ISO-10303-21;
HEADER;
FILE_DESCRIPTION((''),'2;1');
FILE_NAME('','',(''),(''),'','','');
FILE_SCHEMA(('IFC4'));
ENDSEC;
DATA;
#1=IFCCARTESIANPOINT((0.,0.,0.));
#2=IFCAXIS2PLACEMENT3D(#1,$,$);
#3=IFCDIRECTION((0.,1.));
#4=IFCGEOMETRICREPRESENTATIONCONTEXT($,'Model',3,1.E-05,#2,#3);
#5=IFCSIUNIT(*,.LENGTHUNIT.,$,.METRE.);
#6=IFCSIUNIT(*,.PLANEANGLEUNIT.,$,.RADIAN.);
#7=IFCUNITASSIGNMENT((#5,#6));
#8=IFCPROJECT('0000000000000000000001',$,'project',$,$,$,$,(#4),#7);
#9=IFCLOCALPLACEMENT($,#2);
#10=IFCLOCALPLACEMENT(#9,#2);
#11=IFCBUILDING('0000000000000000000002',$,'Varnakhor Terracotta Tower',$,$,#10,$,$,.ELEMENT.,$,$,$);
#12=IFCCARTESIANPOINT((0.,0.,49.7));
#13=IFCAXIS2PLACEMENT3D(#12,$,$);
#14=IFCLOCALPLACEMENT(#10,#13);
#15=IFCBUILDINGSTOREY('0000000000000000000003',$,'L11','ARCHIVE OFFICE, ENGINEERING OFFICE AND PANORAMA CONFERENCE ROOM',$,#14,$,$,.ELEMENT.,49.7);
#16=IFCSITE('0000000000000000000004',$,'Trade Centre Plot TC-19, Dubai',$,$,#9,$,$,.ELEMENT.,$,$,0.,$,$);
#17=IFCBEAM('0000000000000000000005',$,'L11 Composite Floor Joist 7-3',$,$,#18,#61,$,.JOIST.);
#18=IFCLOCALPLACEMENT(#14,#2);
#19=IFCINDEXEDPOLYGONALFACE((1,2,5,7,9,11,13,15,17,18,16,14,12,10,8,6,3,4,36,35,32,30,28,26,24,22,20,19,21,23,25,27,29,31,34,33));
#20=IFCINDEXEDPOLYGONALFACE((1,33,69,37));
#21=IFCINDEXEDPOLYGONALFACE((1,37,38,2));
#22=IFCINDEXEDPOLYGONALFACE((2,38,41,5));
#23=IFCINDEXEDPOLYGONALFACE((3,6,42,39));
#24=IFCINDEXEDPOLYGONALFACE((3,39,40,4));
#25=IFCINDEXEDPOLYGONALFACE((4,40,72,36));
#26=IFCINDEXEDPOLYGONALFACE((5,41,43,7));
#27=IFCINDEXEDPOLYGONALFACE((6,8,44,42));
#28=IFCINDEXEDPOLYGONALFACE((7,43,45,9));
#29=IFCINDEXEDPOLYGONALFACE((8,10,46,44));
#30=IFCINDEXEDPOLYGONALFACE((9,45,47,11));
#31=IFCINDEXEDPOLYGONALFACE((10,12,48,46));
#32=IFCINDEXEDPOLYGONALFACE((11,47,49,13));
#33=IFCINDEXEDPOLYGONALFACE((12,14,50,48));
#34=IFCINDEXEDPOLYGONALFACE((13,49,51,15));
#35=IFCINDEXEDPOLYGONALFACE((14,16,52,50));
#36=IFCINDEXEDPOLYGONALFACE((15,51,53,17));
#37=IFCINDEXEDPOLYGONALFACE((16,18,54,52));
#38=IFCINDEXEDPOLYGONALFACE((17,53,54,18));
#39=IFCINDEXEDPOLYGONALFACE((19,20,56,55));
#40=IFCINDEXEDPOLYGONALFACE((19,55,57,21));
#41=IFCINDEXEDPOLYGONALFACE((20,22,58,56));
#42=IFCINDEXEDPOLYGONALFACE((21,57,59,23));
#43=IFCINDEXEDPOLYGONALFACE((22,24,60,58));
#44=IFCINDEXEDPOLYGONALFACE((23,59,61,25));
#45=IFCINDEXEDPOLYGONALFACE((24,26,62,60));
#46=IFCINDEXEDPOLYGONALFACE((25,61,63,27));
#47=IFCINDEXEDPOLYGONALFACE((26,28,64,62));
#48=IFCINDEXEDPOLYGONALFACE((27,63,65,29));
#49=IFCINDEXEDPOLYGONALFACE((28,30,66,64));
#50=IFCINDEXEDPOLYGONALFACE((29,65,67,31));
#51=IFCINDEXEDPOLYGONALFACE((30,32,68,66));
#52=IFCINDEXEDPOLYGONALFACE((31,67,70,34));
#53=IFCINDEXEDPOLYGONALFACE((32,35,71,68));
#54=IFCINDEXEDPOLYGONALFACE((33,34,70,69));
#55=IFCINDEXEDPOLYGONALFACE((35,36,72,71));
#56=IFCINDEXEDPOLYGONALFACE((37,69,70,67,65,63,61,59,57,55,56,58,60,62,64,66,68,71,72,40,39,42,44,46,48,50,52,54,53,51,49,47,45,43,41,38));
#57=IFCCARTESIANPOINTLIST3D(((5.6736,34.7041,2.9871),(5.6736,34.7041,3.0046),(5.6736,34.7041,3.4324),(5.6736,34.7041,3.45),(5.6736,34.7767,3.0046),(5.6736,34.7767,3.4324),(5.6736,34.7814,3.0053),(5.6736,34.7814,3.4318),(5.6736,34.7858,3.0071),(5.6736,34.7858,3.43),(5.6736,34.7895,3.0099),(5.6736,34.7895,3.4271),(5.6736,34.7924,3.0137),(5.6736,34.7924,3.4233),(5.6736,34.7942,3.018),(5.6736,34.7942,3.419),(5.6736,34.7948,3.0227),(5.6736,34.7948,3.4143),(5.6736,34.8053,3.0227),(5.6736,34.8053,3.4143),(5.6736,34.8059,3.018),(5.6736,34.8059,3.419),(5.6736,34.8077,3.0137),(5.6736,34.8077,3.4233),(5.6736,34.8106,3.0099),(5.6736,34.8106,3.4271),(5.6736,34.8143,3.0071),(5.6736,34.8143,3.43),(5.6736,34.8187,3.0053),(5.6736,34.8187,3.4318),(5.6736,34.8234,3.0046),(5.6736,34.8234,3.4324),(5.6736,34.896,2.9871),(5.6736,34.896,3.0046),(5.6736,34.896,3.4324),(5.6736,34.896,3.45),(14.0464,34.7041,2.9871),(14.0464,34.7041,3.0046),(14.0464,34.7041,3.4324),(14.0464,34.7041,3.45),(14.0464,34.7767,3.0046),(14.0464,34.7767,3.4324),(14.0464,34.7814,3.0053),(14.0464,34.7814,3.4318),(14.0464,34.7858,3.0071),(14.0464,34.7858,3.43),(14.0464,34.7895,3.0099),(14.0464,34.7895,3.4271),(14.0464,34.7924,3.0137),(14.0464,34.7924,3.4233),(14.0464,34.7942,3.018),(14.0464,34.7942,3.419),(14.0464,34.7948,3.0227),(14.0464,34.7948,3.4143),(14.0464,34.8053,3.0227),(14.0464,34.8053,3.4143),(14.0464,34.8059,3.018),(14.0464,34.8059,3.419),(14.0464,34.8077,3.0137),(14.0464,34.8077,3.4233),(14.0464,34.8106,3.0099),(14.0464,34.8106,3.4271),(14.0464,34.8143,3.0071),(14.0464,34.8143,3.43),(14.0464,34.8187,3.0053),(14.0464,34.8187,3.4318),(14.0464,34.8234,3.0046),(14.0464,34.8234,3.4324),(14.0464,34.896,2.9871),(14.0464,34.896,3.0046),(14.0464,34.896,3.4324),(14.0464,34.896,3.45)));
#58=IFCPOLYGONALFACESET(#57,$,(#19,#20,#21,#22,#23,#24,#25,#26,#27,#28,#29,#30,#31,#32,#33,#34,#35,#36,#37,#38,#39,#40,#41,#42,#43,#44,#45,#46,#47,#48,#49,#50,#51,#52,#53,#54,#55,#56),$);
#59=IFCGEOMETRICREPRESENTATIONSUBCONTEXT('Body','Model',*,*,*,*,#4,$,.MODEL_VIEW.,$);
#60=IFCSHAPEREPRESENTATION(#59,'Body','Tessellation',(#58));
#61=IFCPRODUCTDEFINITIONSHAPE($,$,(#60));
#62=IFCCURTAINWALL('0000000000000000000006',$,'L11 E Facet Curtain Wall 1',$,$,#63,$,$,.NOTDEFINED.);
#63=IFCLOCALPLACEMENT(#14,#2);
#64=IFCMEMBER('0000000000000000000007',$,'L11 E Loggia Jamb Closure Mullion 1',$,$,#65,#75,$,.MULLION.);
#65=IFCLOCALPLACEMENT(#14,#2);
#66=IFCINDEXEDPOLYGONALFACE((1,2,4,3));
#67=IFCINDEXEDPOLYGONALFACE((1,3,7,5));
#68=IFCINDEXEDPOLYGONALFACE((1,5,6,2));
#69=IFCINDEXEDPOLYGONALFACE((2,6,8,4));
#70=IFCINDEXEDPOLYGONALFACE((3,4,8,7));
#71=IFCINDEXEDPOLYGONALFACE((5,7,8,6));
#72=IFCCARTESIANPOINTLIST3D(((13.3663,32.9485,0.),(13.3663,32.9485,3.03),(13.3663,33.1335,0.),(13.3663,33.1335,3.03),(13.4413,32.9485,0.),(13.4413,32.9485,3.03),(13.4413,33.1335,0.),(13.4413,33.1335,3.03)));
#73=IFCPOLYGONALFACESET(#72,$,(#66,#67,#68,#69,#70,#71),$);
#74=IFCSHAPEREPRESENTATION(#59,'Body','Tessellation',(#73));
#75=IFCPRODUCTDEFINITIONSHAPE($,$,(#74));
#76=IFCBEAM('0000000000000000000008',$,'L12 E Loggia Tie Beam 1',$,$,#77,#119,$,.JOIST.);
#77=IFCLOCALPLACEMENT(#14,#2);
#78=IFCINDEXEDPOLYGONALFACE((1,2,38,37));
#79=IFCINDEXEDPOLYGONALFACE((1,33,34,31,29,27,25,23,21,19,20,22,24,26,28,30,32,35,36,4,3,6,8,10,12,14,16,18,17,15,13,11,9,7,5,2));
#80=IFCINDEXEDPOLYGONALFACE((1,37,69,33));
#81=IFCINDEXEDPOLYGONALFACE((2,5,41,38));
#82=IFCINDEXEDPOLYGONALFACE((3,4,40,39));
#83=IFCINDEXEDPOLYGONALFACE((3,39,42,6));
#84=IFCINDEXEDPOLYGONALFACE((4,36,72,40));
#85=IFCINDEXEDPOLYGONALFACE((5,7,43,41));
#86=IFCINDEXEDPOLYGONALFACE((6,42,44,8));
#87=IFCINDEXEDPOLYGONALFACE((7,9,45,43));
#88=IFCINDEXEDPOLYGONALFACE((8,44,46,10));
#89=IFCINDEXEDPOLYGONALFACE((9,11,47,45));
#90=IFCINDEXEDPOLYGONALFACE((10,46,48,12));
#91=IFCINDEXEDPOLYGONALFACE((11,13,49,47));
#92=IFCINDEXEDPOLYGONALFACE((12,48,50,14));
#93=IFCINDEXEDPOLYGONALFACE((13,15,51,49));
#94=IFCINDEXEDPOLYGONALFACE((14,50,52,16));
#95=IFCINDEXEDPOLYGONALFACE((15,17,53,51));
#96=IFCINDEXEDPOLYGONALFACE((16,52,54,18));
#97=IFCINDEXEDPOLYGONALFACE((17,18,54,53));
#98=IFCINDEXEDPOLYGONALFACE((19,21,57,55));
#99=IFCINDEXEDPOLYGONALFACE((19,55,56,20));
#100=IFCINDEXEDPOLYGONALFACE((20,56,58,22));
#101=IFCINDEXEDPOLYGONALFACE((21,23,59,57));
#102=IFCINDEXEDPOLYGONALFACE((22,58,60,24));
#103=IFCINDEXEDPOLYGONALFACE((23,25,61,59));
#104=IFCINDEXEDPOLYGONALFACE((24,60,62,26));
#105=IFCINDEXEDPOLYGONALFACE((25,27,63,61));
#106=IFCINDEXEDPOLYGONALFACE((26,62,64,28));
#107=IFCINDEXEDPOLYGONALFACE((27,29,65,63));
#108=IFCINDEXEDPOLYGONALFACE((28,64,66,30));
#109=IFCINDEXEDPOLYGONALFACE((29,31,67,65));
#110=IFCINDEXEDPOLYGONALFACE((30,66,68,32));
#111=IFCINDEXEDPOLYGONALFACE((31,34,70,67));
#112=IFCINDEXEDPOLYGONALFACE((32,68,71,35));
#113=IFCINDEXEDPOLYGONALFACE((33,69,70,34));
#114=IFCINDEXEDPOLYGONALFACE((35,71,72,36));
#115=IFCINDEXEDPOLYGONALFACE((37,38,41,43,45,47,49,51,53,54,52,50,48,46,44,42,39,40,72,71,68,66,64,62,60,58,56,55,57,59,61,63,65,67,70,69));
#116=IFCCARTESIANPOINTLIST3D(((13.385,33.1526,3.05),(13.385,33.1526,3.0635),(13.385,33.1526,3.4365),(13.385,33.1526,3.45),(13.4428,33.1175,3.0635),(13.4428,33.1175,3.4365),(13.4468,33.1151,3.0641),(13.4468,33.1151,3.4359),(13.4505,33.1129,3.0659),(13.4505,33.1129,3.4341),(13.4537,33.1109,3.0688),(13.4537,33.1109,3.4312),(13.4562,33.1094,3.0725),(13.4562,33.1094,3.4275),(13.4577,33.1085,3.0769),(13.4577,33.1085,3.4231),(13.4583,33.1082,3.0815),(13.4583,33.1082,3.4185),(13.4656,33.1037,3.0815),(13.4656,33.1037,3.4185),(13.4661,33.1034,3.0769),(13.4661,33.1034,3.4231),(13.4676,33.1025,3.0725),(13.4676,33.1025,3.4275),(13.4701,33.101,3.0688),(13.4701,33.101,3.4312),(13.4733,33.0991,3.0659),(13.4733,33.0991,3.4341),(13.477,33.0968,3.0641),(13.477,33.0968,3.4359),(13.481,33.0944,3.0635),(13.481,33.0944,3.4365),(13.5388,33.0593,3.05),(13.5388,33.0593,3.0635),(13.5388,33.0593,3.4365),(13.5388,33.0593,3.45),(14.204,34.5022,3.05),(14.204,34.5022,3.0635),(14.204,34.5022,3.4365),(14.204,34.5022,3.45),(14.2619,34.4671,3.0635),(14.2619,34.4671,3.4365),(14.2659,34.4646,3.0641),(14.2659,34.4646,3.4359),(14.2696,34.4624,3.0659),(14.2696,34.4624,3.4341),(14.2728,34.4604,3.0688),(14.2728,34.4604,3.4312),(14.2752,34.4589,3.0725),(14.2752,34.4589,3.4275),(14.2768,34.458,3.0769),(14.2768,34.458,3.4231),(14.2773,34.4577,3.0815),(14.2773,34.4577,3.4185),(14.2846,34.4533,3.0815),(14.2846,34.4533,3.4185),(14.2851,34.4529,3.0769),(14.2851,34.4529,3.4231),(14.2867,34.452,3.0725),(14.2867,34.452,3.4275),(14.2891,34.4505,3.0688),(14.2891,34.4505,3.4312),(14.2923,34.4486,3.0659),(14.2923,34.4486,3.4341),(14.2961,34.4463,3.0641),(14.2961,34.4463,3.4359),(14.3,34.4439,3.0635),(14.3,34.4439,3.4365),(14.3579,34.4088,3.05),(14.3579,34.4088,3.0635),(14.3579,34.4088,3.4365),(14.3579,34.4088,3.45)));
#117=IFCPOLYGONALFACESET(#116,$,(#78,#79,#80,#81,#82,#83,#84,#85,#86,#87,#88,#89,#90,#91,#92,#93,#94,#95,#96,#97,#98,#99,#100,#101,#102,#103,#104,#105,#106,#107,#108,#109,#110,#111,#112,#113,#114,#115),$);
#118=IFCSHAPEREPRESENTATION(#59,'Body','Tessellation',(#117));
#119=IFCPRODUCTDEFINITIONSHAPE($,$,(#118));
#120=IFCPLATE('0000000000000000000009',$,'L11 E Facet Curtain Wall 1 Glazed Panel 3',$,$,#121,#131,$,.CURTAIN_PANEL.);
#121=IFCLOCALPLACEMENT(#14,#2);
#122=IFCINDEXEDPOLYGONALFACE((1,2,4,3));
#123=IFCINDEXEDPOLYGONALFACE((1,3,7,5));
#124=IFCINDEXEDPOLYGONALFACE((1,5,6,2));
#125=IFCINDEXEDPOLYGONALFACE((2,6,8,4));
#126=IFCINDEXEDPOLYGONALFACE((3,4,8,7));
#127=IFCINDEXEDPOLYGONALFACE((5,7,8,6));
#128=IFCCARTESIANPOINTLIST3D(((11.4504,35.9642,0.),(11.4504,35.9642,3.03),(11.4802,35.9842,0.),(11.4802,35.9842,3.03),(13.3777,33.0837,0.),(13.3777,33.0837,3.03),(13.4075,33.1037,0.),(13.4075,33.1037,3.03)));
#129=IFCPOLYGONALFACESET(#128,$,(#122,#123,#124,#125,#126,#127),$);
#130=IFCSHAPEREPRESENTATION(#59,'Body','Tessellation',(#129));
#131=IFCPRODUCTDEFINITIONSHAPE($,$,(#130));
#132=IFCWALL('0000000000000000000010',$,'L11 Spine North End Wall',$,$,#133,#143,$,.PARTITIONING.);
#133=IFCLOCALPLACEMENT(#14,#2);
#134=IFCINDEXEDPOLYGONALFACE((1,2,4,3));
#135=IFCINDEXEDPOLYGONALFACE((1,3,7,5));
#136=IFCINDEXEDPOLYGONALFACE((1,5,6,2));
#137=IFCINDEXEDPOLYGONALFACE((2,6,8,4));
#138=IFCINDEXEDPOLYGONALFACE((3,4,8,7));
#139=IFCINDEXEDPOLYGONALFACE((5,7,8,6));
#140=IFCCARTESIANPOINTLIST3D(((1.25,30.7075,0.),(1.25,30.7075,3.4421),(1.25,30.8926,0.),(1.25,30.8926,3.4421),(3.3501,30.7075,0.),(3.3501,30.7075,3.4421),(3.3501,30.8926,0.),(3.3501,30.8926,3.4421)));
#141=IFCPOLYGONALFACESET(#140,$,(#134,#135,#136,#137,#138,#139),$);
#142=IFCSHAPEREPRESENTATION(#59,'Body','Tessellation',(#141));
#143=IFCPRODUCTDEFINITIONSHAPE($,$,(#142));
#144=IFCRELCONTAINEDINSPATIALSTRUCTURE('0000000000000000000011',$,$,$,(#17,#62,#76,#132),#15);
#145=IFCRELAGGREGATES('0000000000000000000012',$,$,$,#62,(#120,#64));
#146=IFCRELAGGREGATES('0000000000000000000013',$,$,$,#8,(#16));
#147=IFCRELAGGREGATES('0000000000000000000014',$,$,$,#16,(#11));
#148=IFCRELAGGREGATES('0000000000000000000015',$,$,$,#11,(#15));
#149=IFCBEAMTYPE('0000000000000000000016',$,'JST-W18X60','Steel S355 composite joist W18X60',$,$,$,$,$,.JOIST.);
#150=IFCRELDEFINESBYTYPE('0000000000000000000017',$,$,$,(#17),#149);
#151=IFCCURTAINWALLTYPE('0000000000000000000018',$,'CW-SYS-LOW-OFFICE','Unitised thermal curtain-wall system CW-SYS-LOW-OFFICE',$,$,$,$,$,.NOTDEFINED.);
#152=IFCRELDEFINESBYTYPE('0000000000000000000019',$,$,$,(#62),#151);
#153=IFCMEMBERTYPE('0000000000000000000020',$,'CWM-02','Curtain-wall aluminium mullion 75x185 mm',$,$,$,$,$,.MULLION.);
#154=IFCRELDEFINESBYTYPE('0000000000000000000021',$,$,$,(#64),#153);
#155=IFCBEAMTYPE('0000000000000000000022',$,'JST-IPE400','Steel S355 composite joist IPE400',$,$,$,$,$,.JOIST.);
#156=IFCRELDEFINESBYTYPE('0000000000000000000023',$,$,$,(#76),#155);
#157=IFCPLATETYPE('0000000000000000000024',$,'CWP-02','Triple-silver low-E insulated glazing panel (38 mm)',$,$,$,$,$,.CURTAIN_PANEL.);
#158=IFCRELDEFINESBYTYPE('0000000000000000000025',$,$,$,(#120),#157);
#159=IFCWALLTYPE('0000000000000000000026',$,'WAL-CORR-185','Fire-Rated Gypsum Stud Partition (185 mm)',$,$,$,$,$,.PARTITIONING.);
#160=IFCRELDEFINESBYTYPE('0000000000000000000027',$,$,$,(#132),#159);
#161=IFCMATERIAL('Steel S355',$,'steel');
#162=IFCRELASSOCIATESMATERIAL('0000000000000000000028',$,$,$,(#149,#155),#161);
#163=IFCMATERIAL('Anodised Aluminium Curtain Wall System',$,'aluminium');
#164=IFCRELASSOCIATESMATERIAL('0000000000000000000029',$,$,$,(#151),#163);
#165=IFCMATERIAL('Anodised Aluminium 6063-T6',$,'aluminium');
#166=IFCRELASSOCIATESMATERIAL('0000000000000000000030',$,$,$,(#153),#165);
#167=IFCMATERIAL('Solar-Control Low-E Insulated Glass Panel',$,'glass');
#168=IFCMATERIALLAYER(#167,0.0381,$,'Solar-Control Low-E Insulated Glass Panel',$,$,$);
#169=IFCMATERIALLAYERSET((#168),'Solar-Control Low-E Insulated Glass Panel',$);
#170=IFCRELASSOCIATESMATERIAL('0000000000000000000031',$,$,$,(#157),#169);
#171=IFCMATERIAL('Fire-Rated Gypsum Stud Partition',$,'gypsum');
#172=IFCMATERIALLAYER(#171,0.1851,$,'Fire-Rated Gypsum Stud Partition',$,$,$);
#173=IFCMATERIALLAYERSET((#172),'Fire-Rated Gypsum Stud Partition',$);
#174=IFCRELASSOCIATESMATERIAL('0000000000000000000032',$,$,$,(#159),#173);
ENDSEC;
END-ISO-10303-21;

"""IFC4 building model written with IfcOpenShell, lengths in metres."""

from ifc_helpers import new_model, si_unit, direction, frame, frame_2d, origin, origin_2d, place, context, subcontext, project, spatial, rectangle, i_section, extrude, source, transform, mapped, material, layer, layer_set, material_profile, profile_set, type_object, type_shapes, element, aggregate, save


model = new_model("IFC4")

# Units and contexts
model_context = context("Model", 3, precision=1e-05, world=origin(), true_north=direction((0.0, 1.0)))
body_context = subcontext(model_context, "Body", "Model", "MODEL_VIEW")
ifc_project = project(units=[si_unit("LENGTHUNIT", "METRE"), si_unit("PLANEANGLEUNIT", "RADIAN")], contexts=[model_context])

# Site, building, storey
site_placement = place(None, origin())
site = spatial("IfcSite", under=ifc_project, at=site_placement, Name="Trade Centre Plot TC-19, Dubai", CompositionType="ELEMENT", RefElevation=0.0)
building_placement = place(site_placement, origin())
building = spatial("IfcBuilding", under=site, at=building_placement, Name="Varnakhor Terracotta Tower", CompositionType="ELEMENT")
storey_placement = place(building_placement, frame((0.0, 0.0, 49.7)))
storey = spatial("IfcBuildingStorey", under=building, at=storey_placement, Name="L11", Description="ARCHIVE OFFICE, ENGINEERING OFFICE AND PANORAMA CONFERENCE ROOM", CompositionType="ELEMENT", Elevation=49.7)

# Beam
ifc_material_1 = material(Name="Steel S355", Category="steel")
ifc_material_profile_1 = material_profile(ifc_material_1, i_section(OverallWidth=0.1919, OverallDepth=0.4629, WebThickness=0.0105, FlangeThickness=0.0176, FilletRadius=0.0181, at=origin_2d()), Name="W18X60")
ifc_profile_set_1 = profile_set([ifc_material_profile_1], Name="Steel S355")
beam_type_1 = type_object("IfcBeamType", Name="JST-W18X60", Description="Steel S355 composite joist W18X60", PredefinedType="JOIST", material=ifc_profile_set_1)
shared_shape_1 = source(origin(), body_context, "Body", "SweptSolid", [
    extrude(i_section(OverallWidth=0.1919, OverallDepth=0.4629, WebThickness=0.0105, FlangeThickness=0.0176, FilletRadius=0.0181, at=origin_2d()), origin(), (0.0, 0.0, 1.0), 8.3728),
])
beam_1_placement = place(storey_placement, frame((5.6736, 34.8, 3.2185), z_axis=(1.0, 0.0, 0.0), x_axis=(0.0, 1.0, 0.0)))
element("IfcBeam", 1, at=beam_1_placement, inside=storey, type_object=beam_type_1, Name="L11 Composite Floor Joist 7-3", PredefinedType="JOIST", context=body_context, shape_type="MappedRepresentation", body=[
    mapped(shared_shape_1, transform((0.0, 0.0, 0.0), scale=1.0)),
])

# Curtain wall, member
ifc_material_2 = material(Name="Anodised Aluminium Curtain Wall System", Category="aluminium")
curtain_wall_type = type_object("IfcCurtainWallType", Name="CW-SYS-LOW-OFFICE", Description="Unitised thermal curtain-wall system CW-SYS-LOW-OFFICE", PredefinedType="NOTDEFINED", material=ifc_material_2)
curtain_wall_placement = place(storey_placement, origin())
curtain_wall = element("IfcCurtainWall", 2, at=curtain_wall_placement, inside=storey, type_object=curtain_wall_type, Name="L11 E Facet Curtain Wall 1", PredefinedType="NOTDEFINED")
ifc_material_3 = material(Name="Anodised Aluminium 6063-T6", Category="aluminium")
ifc_material_profile_2 = material_profile(ifc_material_3, rectangle(XDim=0.075, YDim=0.1851, at=origin_2d()), Name="ALU MULLION 75x185")
ifc_profile_set_2 = profile_set([ifc_material_profile_2], Name="Anodised Aluminium 6063-T6")
member_type = type_object("IfcMemberType", Name="CWM-02", Description="Curtain-wall aluminium mullion 75x185 mm", PredefinedType="MULLION", material=ifc_profile_set_2)
shared_shape_2 = source(origin(), body_context, "Body", "SweptSolid", [
    extrude(rectangle(XDim=0.075, YDim=0.1851, at=origin_2d()), origin(), (0.0, 0.0, 1.0), 3.03),
])
type_shapes(member_type, [shared_shape_2])
member_placement = place(storey_placement, frame((13.4038, 33.041, 0.0), z_axis=(0.0, 0.0, 1.0), x_axis=(1.0, 0.0, 0.0)))
member = element("IfcMember", 3, at=member_placement, type_object=member_type, Name="L11 E Loggia Jamb Closure Mullion 1", PredefinedType="MULLION", context=body_context, shape_type="MappedRepresentation", body=[
    mapped(shared_shape_2, transform((0.0, 0.0, 0.0), scale=1.0)),
])

# Beam
ifc_material_profile_3 = material_profile(ifc_material_1, i_section(OverallWidth=0.1799, OverallDepth=0.3999, WebThickness=0.0085, FlangeThickness=0.0134, FilletRadius=0.0181, at=origin_2d()), Name="IPE400")
ifc_profile_set_3 = profile_set([ifc_material_profile_3], Name="Steel S355")
beam_type_2 = type_object("IfcBeamType", Name="JST-IPE400", Description="Steel S355 composite joist IPE400", PredefinedType="JOIST", material=ifc_profile_set_3)
shared_shape_3 = source(origin(), body_context, "Body", "SweptSolid", [
    extrude(i_section(OverallWidth=0.1799, OverallDepth=0.3999, WebThickness=0.0085, FlangeThickness=0.0134, FilletRadius=0.0181, at=origin_2d()), origin(), (0.0, 0.0, 1.0), 1.5786),
])
beam_2_placement = place(storey_placement, frame((13.4619, 33.106, 3.25), z_axis=(0.518833, 0.854876, 0.0), x_axis=(-0.854876, 0.518833, 0.0)))
element("IfcBeam", 4, at=beam_2_placement, inside=storey, type_object=beam_type_2, Name="L12 E Loggia Tie Beam 1", PredefinedType="JOIST", context=body_context, shape_type="MappedRepresentation", body=[
    mapped(shared_shape_3, transform((0.0, 0.0, 0.0), scale=1.0)),
])

# Plate
ifc_material_4 = material(Name="Solar-Control Low-E Insulated Glass Panel", Category="glass")
ifc_layer_1 = layer(ifc_material_4, 0.0381, Name="Solar-Control Low-E Insulated Glass Panel")
ifc_layer_set_1 = layer_set([ifc_layer_1], Name="Solar-Control Low-E Insulated Glass Panel")
plate_type = type_object("IfcPlateType", Name="CWP-02", Description="Triple-silver low-E insulated glazing panel (38 mm)", PredefinedType="CURTAIN_PANEL", material=ifc_layer_set_1)
shared_shape_4 = source(origin(), body_context, "Body", "SweptSolid", [
    extrude(rectangle(XDim=3.4658, YDim=0.0359, at=origin_2d()), origin(), (0.0, 0.0, 1.0), 3.03),
])
plate_placement = place(storey_placement, frame((12.429, 34.5339, 0.0), z_axis=(0.0, 0.0, 1.0), x_axis=(0.556093, -0.83112, 0.0)))
plate = element("IfcPlate", 5, at=plate_placement, type_object=plate_type, Name="L11 E Facet Curtain Wall 1 Glazed Panel 3", PredefinedType="CURTAIN_PANEL", context=body_context, shape_type="MappedRepresentation", body=[
    mapped(shared_shape_4, transform((0.0, 0.0, 0.0), scale=1.0)),
])
aggregate(curtain_wall, [plate, member])

# Wall
ifc_material_5 = material(Name="Fire-Rated Gypsum Stud Partition", Category="gypsum")
ifc_layer_2 = layer(ifc_material_5, 0.1851, Name="Fire-Rated Gypsum Stud Partition")
ifc_layer_set_2 = layer_set([ifc_layer_2], Name="Fire-Rated Gypsum Stud Partition")
wall_type_1 = type_object("IfcWallType", Name="WAL-CORR-185", Description="Fire-Rated Gypsum Stud Partition (185 mm)", PredefinedType="PARTITIONING", material=ifc_layer_set_2)
wall_1_placement = place(storey_placement, frame((1.25, 30.8, 0.0), z_axis=(0.0, 0.0, 1.0), x_axis=(1.0, 0.0, 0.0)))
element("IfcWall", 6, at=wall_1_placement, inside=storey, type_object=wall_type_1, Name="L11 Spine North End Wall", PredefinedType="PARTITIONING", context=body_context, shape_type="SweptSolid", body=[
    extrude(rectangle(XDim=2.1001, YDim=0.1851, at=frame_2d((1.05, 0.0))), origin(), (0.0, 0.0, 1.0), 3.4421),
])

save(model, "model.ifc")
